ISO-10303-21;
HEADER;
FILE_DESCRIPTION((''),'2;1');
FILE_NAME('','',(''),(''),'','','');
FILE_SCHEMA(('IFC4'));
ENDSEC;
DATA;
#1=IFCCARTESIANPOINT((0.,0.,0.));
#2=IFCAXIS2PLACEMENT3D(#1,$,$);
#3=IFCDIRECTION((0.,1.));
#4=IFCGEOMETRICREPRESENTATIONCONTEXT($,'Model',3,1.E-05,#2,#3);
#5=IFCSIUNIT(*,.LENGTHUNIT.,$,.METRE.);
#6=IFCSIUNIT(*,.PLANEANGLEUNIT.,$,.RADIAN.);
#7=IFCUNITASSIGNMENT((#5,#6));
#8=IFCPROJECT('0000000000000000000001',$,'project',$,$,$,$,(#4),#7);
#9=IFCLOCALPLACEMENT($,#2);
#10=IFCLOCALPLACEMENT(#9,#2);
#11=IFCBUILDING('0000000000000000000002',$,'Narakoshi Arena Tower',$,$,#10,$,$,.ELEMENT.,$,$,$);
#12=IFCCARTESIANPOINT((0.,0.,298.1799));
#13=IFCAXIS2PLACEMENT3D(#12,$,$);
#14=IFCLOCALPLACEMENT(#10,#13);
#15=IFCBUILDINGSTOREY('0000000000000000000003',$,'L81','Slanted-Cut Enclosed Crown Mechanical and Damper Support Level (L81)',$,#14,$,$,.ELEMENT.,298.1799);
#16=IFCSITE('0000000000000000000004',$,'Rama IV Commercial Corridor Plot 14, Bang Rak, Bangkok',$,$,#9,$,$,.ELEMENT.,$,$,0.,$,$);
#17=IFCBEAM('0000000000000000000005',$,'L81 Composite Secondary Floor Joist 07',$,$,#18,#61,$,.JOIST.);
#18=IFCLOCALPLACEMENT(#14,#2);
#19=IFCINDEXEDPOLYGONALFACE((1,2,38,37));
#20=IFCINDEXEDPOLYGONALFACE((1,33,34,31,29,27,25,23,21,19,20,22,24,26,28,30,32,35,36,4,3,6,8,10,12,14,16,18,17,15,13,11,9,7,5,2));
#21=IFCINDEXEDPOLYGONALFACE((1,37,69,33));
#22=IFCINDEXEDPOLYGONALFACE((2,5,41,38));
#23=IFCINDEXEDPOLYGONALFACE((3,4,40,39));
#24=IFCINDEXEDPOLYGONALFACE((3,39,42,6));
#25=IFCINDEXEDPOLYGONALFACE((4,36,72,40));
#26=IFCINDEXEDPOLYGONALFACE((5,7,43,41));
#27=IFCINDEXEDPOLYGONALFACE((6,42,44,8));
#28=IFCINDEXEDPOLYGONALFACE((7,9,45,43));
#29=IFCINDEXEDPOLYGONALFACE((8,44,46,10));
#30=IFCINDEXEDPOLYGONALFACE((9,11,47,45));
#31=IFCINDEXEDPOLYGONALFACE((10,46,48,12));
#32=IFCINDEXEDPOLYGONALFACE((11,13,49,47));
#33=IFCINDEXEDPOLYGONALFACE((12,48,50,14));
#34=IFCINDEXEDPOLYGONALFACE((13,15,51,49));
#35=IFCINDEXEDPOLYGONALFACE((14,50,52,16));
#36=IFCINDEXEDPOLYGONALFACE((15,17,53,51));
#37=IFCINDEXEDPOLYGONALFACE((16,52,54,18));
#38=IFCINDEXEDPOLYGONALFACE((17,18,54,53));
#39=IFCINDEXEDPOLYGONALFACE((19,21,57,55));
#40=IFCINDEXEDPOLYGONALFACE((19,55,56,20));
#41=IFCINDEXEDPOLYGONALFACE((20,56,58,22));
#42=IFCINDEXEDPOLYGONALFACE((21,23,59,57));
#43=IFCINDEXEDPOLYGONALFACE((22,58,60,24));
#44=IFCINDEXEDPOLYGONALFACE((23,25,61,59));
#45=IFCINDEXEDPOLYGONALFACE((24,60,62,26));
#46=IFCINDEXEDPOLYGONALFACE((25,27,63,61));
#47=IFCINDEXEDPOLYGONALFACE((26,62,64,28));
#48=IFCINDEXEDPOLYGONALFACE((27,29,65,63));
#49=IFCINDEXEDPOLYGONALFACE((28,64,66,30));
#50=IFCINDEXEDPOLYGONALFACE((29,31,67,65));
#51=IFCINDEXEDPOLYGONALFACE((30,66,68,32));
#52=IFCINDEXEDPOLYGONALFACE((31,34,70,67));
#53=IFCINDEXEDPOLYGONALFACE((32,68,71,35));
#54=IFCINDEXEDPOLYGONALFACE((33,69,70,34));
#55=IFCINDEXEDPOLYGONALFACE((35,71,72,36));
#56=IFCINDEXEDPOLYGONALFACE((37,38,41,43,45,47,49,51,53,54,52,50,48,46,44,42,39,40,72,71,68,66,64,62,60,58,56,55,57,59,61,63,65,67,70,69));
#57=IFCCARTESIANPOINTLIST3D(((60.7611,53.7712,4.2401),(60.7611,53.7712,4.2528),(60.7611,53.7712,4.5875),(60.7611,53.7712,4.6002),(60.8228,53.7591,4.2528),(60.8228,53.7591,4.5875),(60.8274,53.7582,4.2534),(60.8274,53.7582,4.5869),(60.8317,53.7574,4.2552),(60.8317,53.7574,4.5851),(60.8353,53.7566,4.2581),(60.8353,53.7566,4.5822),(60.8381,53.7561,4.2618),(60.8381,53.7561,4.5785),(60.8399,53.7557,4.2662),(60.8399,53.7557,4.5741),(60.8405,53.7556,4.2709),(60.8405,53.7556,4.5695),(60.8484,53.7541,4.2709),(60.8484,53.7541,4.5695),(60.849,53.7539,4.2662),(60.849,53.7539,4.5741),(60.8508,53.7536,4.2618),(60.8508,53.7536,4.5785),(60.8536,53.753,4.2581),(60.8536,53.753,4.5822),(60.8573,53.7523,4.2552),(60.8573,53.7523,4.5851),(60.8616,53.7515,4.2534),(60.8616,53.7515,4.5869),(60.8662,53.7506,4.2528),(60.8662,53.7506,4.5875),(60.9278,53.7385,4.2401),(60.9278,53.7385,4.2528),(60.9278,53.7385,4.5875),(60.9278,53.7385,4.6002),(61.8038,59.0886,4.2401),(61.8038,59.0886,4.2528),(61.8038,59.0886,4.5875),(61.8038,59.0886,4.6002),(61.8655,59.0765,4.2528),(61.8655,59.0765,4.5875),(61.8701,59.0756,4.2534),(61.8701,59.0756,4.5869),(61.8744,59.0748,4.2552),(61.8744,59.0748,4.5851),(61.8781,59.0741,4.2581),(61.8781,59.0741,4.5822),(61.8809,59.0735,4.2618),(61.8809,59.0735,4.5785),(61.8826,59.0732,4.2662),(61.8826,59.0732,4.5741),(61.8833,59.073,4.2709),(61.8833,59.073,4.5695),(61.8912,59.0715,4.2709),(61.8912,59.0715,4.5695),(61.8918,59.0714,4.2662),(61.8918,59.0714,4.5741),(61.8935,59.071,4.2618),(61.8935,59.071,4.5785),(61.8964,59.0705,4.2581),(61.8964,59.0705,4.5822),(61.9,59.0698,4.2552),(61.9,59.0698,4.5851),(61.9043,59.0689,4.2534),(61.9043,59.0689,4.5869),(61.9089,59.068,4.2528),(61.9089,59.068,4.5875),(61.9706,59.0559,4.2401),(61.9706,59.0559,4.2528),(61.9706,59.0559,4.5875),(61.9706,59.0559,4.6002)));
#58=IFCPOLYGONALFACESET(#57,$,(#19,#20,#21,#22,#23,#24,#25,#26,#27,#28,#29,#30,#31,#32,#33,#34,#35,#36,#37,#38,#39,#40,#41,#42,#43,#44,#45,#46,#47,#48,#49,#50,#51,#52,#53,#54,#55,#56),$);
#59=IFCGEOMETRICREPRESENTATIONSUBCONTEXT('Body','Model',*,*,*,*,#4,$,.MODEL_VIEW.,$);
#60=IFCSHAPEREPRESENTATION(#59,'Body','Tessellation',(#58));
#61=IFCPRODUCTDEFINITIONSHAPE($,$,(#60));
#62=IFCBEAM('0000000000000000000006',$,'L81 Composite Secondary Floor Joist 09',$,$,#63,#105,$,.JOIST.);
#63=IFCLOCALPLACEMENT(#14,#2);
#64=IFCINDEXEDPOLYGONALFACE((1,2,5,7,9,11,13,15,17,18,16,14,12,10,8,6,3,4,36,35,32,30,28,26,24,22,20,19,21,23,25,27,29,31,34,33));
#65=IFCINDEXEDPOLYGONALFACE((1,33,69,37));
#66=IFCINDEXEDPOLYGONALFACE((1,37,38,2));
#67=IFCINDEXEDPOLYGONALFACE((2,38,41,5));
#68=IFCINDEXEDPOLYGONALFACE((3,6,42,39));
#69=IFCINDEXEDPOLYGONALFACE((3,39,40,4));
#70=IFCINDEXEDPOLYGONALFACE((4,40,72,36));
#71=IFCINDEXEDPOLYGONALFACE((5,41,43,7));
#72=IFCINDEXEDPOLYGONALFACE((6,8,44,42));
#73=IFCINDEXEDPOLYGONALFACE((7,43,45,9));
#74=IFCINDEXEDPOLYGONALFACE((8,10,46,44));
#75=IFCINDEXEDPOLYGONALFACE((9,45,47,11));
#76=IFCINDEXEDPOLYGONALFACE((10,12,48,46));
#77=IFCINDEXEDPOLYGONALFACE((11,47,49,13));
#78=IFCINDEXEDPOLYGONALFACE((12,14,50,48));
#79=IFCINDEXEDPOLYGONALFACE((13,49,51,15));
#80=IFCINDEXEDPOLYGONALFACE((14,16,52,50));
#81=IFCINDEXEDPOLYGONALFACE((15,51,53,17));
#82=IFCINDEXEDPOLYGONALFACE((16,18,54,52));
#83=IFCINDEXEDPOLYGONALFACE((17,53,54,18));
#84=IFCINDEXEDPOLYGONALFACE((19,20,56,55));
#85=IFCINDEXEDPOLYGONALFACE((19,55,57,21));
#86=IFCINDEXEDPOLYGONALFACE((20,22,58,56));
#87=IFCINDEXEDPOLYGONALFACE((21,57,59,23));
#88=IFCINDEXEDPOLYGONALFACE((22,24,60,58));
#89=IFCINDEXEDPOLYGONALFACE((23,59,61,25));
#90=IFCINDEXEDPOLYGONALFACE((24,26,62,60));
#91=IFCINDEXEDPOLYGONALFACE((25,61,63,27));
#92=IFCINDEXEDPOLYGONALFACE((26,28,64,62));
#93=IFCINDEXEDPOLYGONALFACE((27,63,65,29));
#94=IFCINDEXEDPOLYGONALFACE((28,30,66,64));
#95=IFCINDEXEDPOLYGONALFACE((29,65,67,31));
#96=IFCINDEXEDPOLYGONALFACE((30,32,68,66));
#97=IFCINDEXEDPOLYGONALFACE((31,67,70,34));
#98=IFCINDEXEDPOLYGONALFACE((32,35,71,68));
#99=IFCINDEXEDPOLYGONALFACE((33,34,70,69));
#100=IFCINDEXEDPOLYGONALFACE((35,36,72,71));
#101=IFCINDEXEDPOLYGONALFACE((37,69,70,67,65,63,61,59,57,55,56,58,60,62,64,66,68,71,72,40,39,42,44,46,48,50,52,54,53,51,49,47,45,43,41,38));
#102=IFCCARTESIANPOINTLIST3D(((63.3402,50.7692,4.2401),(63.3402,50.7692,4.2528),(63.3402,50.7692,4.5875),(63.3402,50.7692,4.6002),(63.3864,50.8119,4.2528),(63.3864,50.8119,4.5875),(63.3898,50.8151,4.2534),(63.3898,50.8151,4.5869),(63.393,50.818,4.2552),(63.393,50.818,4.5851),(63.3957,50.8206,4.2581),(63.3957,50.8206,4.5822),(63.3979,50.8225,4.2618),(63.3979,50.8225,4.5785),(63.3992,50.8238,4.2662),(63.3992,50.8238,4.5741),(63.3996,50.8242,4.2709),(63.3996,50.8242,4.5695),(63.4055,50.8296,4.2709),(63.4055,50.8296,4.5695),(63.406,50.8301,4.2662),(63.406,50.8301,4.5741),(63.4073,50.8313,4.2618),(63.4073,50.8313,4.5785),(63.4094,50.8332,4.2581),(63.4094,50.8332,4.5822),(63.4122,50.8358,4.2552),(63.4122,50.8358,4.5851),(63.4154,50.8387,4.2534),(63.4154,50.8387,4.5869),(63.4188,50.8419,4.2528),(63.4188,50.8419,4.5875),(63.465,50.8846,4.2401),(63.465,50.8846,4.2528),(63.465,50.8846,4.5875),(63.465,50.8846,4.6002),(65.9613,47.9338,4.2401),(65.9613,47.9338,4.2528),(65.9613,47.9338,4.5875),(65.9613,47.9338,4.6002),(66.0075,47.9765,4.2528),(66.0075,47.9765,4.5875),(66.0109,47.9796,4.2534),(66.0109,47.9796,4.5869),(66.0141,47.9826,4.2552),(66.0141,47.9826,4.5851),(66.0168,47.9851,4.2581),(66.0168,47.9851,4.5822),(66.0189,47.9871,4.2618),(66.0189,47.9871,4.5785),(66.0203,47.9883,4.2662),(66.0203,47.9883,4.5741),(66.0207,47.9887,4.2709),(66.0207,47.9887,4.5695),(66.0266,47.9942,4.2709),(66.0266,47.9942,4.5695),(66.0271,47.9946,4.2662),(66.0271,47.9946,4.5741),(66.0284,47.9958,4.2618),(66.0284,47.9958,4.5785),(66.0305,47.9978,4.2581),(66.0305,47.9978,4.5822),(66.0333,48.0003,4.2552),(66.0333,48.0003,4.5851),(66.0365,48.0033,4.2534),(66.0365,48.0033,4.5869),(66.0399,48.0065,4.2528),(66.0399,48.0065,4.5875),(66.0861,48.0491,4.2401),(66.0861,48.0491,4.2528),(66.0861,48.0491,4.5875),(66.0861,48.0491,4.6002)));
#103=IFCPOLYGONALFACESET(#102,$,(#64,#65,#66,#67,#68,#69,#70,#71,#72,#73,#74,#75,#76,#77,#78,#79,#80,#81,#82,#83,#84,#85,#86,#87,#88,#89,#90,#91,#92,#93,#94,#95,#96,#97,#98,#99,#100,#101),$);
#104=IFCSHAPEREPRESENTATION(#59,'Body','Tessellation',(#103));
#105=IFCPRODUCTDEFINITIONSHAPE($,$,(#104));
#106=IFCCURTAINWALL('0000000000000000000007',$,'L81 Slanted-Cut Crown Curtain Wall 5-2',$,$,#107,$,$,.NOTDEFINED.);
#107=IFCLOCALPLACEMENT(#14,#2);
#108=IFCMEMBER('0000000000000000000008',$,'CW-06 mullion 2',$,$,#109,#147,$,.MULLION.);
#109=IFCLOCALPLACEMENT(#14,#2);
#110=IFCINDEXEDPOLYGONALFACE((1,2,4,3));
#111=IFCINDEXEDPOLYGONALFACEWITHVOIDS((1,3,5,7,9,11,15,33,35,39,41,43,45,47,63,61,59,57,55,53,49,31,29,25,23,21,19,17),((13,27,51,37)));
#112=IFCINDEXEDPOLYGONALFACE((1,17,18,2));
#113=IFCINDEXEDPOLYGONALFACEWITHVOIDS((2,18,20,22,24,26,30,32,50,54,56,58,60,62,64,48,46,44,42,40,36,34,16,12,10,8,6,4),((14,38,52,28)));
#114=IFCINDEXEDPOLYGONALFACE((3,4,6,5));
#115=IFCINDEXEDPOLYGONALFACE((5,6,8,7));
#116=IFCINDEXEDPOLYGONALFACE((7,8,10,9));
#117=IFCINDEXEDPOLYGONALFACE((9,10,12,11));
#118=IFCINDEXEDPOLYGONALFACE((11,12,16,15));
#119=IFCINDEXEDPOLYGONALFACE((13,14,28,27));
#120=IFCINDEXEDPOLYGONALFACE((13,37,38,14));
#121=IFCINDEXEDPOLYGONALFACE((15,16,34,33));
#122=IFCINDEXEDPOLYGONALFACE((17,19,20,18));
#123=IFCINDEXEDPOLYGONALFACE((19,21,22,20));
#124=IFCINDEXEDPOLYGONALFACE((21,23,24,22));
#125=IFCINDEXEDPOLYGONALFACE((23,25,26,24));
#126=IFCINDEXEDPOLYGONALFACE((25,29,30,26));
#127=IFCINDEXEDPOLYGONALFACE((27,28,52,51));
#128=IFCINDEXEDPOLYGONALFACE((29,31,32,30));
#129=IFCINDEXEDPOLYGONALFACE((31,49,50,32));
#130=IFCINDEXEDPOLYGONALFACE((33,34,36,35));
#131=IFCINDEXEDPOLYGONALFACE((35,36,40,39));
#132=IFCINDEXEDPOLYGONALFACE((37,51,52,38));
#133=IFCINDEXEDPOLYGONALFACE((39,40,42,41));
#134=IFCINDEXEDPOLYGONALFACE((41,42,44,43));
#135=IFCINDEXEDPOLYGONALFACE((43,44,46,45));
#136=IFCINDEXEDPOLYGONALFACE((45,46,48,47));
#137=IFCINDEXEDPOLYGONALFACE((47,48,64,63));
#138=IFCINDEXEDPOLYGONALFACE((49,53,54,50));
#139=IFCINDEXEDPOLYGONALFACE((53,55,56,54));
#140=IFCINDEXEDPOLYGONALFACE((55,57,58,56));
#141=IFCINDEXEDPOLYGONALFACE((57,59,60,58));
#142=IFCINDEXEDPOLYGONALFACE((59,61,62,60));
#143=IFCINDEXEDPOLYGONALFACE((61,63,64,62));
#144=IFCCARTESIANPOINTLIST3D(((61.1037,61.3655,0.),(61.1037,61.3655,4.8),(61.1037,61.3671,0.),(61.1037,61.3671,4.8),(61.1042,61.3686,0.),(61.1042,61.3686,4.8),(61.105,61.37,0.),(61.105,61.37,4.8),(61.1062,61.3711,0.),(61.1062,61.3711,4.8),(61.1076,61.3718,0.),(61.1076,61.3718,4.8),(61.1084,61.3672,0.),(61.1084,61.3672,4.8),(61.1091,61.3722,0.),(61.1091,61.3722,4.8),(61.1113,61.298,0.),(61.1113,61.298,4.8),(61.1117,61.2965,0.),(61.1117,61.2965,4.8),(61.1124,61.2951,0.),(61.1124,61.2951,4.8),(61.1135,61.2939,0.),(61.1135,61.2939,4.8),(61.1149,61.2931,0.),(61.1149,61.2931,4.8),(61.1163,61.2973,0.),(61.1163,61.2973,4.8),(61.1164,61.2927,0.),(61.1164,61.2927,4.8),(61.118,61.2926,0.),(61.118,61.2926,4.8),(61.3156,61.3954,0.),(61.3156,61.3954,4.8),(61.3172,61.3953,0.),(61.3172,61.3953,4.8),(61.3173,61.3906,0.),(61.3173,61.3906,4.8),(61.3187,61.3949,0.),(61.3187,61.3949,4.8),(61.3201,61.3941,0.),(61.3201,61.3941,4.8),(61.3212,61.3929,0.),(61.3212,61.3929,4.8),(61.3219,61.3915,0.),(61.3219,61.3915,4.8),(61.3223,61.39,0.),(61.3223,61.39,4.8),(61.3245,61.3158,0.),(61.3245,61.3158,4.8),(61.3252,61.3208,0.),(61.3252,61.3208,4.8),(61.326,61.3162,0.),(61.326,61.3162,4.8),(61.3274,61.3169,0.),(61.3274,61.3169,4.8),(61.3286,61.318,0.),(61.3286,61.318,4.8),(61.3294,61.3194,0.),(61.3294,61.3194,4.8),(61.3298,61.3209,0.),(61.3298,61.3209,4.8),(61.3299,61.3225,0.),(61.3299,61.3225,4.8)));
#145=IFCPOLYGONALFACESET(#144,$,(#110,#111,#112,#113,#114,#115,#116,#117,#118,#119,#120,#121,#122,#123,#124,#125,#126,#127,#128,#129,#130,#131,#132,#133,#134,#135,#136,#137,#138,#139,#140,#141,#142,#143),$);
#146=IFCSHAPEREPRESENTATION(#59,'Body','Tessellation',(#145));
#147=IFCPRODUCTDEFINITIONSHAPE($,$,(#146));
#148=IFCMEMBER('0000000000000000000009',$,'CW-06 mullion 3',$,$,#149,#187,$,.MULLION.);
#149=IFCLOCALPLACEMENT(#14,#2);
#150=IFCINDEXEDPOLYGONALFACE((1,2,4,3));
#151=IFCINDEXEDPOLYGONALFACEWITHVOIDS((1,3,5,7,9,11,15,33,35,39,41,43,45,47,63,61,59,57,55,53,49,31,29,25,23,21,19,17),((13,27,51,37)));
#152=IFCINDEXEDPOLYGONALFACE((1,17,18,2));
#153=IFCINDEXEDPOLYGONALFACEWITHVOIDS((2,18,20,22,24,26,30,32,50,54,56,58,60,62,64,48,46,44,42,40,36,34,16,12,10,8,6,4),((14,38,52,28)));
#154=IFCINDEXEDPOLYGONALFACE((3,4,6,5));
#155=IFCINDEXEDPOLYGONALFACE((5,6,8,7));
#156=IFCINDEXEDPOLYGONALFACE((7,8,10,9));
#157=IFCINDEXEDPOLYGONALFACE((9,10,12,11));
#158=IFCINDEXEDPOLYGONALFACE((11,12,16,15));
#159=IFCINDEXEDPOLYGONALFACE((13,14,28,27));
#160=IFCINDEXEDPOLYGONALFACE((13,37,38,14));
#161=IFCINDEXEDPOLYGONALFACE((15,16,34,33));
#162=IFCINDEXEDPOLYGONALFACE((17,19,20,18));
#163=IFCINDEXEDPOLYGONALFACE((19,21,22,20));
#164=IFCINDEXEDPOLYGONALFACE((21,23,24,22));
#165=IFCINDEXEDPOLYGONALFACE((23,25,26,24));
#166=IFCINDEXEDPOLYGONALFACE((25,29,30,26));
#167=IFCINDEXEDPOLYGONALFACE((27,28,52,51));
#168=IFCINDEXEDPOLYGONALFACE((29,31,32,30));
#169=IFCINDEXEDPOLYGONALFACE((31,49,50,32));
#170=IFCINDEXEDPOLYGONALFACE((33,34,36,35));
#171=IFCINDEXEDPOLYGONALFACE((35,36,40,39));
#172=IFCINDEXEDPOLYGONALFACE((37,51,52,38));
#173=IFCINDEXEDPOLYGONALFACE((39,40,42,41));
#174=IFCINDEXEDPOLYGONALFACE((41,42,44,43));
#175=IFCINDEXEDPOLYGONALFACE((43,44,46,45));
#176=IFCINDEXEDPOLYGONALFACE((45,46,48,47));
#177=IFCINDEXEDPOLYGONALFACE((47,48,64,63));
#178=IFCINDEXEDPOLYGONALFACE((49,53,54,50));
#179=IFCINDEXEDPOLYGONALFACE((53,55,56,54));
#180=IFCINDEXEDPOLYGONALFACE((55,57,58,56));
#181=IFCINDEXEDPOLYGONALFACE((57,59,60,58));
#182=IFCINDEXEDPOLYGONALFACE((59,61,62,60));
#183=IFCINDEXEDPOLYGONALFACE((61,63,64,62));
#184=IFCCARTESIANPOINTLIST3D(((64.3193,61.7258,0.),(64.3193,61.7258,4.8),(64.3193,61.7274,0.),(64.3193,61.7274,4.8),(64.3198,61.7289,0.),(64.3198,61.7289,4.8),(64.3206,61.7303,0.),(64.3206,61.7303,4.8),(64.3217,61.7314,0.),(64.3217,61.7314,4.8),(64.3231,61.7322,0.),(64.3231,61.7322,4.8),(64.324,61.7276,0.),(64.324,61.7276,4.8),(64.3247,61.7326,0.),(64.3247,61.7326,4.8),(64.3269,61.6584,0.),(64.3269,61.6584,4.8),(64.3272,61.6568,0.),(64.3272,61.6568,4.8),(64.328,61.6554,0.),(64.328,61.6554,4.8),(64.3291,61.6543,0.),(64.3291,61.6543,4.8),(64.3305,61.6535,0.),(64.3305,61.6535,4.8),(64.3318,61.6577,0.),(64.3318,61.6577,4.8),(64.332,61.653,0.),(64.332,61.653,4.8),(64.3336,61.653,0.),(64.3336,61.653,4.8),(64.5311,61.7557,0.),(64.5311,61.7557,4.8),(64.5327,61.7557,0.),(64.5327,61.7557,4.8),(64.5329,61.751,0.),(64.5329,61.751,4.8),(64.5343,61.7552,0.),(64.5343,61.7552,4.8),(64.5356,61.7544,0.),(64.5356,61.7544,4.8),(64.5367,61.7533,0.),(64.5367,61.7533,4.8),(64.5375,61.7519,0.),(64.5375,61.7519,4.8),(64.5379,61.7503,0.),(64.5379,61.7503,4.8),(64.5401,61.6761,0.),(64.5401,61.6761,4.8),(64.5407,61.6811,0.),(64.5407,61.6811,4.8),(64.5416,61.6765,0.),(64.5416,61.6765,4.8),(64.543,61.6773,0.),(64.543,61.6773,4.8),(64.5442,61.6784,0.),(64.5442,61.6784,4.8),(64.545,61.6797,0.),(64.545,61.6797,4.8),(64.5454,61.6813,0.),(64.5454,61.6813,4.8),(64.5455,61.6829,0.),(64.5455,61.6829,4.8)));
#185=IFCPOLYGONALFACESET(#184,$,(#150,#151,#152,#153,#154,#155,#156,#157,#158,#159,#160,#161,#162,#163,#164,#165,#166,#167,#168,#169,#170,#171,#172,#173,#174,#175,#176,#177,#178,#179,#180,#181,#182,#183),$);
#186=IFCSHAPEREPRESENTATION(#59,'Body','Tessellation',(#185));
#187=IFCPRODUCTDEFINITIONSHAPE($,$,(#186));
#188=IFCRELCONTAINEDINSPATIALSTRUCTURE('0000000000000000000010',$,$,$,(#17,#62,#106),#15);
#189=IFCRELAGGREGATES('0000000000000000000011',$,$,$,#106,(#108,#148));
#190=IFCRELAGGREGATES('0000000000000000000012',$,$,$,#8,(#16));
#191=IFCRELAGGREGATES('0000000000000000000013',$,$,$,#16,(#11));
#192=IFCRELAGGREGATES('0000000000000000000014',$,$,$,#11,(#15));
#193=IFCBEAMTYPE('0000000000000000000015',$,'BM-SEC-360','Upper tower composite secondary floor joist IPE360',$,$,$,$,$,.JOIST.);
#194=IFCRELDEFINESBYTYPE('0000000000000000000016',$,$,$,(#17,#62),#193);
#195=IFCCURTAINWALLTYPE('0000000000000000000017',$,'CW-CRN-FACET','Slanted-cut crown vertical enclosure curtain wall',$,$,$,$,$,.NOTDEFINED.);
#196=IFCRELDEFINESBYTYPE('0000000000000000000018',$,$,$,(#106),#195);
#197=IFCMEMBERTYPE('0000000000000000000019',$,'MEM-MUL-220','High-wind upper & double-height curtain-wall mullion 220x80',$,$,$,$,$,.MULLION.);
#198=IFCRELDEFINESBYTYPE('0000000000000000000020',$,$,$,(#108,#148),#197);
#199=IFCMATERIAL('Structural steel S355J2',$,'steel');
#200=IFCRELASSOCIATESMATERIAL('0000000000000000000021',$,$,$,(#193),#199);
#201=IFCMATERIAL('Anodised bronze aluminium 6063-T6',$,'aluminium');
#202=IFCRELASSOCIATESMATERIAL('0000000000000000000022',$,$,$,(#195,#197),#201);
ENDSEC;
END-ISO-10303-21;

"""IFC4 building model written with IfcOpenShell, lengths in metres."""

from ifc_helpers import new_model, si_unit, direction, frame, origin, origin_2d, place, context, subcontext, project, spatial, hollow_rectangle, i_section, extrude, material, material_profile, profile_set, type_object, element, aggregate, save


model = new_model("IFC4")

# Units and contexts
model_context = context("Model", 3, precision=1e-05, world=origin(), true_north=direction((0.0, 1.0)))
body_context = subcontext(model_context, "Body", "Model", "MODEL_VIEW")
ifc_project = project(units=[si_unit("LENGTHUNIT", "METRE"), si_unit("PLANEANGLEUNIT", "RADIAN")], contexts=[model_context])

# Site, building, storey
site_placement = place(None, origin())
site = spatial("IfcSite", under=ifc_project, at=site_placement, Name="Rama IV Commercial Corridor Plot 14, Bang Rak, Bangkok", CompositionType="ELEMENT", RefElevation=0.0)
building_placement = place(site_placement, origin())
building = spatial("IfcBuilding", under=site, at=building_placement, Name="Narakoshi Arena Tower", CompositionType="ELEMENT")
storey_placement = place(building_placement, frame((0.0, 0.0, 298.1799)))
storey = spatial("IfcBuildingStorey", under=building, at=storey_placement, Name="L81", Description="Slanted-Cut Enclosed Crown Mechanical and Damper Support Level (L81)", CompositionType="ELEMENT", Elevation=298.1799)

# Shared definitions
ifc_material_1 = material(Name="Structural steel S355J2", Category="steel")

# Beams
ifc_material_profile_1 = material_profile(ifc_material_1, i_section(OverallWidth=0.1699, OverallDepth=0.3601, WebThickness=0.0081, FlangeThickness=0.0127, FilletRadius=0.0181, at=origin_2d()), Name="IPE360")
ifc_profile_set_1 = profile_set([ifc_material_profile_1], Name="Structural steel S355J2")
beam_type_1 = type_object("IfcBeamType", Name="BM-SEC-360", Description="Upper tower composite secondary floor joist IPE360", PredefinedType="JOIST", material=ifc_profile_set_1)
beam_1_placement = place(storey_placement, frame((61.8872, 59.0723, 4.4202), z_axis=(-0.192432, -0.98131, 0.0), x_axis=(0.98131, -0.192432, 0.0)))
element("IfcBeam", 1, at=beam_1_placement, inside=storey, type_object=beam_type_1, Name="L81 Composite Secondary Floor Joist 07", PredefinedType="JOIST", context=body_context, shape_type="SweptSolid", body=[
    extrude(i_section(OverallWidth=0.1699, OverallDepth=0.3601, WebThickness=0.0081, FlangeThickness=0.0127, FilletRadius=0.0181, at=origin_2d()), origin(), (0.0, 0.0, 1.0), 5.4187),
])
beam_2_placement = place(storey_placement, frame((63.4026, 50.8269, 4.4202), z_axis=(0.678805, -0.734318, 0.0), x_axis=(0.734318, 0.678805, 0.0)))
element("IfcBeam", 2, at=beam_2_placement, inside=storey, type_object=beam_type_1, Name="L81 Composite Secondary Floor Joist 09", PredefinedType="JOIST", context=body_context, shape_type="SweptSolid", body=[
    extrude(i_section(OverallWidth=0.1699, OverallDepth=0.3601, WebThickness=0.0081, FlangeThickness=0.0127, FilletRadius=0.0181, at=origin_2d()), origin(), (0.0, 0.0, 1.0), 3.8613),
])

# Curtain wall, members
ifc_material_2 = material(Name="Anodised bronze aluminium 6063-T6", Category="aluminium")
curtain_wall_type = type_object("IfcCurtainWallType", Name="CW-CRN-FACET", Description="Slanted-cut crown vertical enclosure curtain wall", PredefinedType="NOTDEFINED", material=ifc_material_2)
curtain_wall_placement = place(storey_placement, origin())
curtain_wall = element("IfcCurtainWall", 3, at=curtain_wall_placement, inside=storey, type_object=curtain_wall_type, Name="L81 Slanted-Cut Crown Curtain Wall 5-2", PredefinedType="NOTDEFINED")
ifc_material_profile_2 = material_profile(ifc_material_2, hollow_rectangle(XDim=0.0801, YDim=0.22, WallThickness=0.0049, OuterFilletRadius=0.0061, at=origin_2d()), Name="MUL220x80x5")
ifc_profile_set_2 = profile_set([ifc_material_profile_2], Name="Anodised bronze aluminium 6063-T6")
member_type_1 = type_object("IfcMemberType", Name="MEM-MUL-220", Description="High-wind upper & double-height curtain-wall mullion 220x80", PredefinedType="MULLION", material=ifc_profile_set_2)
member_1_placement = place(storey_placement, frame((61.2168, 61.344, 0.0), z_axis=(0.0, 0.0, 1.0), x_axis=(-0.111395, 0.993776, 0.0)))
member_1 = element("IfcMember", 4, at=member_1_placement, type_object=member_type_1, Name="CW-06 mullion 2", PredefinedType="MULLION", context=body_context, shape_type="SweptSolid", body=[
    extrude(hollow_rectangle(XDim=0.0801, YDim=0.22, WallThickness=0.0049, OuterFilletRadius=0.0061, at=origin_2d()), origin(), (0.0, 0.0, 1.0), 4.8),
])
member_2_placement = place(storey_placement, frame((64.4324, 61.7043, 0.0), z_axis=(0.0, 0.0, 1.0), x_axis=(-0.111395, 0.993776, 0.0)))
member_2 = element("IfcMember", 5, at=member_2_placement, type_object=member_type_1, Name="CW-06 mullion 3", PredefinedType="MULLION", context=body_context, shape_type="SweptSolid", body=[
    extrude(hollow_rectangle(XDim=0.0801, YDim=0.22, WallThickness=0.0049, OuterFilletRadius=0.0061, at=origin_2d()), origin(), (0.0, 0.0, 1.0), 4.8),
])
aggregate(curtain_wall, [member_1, member_2])

save(model, "model.ifc")
